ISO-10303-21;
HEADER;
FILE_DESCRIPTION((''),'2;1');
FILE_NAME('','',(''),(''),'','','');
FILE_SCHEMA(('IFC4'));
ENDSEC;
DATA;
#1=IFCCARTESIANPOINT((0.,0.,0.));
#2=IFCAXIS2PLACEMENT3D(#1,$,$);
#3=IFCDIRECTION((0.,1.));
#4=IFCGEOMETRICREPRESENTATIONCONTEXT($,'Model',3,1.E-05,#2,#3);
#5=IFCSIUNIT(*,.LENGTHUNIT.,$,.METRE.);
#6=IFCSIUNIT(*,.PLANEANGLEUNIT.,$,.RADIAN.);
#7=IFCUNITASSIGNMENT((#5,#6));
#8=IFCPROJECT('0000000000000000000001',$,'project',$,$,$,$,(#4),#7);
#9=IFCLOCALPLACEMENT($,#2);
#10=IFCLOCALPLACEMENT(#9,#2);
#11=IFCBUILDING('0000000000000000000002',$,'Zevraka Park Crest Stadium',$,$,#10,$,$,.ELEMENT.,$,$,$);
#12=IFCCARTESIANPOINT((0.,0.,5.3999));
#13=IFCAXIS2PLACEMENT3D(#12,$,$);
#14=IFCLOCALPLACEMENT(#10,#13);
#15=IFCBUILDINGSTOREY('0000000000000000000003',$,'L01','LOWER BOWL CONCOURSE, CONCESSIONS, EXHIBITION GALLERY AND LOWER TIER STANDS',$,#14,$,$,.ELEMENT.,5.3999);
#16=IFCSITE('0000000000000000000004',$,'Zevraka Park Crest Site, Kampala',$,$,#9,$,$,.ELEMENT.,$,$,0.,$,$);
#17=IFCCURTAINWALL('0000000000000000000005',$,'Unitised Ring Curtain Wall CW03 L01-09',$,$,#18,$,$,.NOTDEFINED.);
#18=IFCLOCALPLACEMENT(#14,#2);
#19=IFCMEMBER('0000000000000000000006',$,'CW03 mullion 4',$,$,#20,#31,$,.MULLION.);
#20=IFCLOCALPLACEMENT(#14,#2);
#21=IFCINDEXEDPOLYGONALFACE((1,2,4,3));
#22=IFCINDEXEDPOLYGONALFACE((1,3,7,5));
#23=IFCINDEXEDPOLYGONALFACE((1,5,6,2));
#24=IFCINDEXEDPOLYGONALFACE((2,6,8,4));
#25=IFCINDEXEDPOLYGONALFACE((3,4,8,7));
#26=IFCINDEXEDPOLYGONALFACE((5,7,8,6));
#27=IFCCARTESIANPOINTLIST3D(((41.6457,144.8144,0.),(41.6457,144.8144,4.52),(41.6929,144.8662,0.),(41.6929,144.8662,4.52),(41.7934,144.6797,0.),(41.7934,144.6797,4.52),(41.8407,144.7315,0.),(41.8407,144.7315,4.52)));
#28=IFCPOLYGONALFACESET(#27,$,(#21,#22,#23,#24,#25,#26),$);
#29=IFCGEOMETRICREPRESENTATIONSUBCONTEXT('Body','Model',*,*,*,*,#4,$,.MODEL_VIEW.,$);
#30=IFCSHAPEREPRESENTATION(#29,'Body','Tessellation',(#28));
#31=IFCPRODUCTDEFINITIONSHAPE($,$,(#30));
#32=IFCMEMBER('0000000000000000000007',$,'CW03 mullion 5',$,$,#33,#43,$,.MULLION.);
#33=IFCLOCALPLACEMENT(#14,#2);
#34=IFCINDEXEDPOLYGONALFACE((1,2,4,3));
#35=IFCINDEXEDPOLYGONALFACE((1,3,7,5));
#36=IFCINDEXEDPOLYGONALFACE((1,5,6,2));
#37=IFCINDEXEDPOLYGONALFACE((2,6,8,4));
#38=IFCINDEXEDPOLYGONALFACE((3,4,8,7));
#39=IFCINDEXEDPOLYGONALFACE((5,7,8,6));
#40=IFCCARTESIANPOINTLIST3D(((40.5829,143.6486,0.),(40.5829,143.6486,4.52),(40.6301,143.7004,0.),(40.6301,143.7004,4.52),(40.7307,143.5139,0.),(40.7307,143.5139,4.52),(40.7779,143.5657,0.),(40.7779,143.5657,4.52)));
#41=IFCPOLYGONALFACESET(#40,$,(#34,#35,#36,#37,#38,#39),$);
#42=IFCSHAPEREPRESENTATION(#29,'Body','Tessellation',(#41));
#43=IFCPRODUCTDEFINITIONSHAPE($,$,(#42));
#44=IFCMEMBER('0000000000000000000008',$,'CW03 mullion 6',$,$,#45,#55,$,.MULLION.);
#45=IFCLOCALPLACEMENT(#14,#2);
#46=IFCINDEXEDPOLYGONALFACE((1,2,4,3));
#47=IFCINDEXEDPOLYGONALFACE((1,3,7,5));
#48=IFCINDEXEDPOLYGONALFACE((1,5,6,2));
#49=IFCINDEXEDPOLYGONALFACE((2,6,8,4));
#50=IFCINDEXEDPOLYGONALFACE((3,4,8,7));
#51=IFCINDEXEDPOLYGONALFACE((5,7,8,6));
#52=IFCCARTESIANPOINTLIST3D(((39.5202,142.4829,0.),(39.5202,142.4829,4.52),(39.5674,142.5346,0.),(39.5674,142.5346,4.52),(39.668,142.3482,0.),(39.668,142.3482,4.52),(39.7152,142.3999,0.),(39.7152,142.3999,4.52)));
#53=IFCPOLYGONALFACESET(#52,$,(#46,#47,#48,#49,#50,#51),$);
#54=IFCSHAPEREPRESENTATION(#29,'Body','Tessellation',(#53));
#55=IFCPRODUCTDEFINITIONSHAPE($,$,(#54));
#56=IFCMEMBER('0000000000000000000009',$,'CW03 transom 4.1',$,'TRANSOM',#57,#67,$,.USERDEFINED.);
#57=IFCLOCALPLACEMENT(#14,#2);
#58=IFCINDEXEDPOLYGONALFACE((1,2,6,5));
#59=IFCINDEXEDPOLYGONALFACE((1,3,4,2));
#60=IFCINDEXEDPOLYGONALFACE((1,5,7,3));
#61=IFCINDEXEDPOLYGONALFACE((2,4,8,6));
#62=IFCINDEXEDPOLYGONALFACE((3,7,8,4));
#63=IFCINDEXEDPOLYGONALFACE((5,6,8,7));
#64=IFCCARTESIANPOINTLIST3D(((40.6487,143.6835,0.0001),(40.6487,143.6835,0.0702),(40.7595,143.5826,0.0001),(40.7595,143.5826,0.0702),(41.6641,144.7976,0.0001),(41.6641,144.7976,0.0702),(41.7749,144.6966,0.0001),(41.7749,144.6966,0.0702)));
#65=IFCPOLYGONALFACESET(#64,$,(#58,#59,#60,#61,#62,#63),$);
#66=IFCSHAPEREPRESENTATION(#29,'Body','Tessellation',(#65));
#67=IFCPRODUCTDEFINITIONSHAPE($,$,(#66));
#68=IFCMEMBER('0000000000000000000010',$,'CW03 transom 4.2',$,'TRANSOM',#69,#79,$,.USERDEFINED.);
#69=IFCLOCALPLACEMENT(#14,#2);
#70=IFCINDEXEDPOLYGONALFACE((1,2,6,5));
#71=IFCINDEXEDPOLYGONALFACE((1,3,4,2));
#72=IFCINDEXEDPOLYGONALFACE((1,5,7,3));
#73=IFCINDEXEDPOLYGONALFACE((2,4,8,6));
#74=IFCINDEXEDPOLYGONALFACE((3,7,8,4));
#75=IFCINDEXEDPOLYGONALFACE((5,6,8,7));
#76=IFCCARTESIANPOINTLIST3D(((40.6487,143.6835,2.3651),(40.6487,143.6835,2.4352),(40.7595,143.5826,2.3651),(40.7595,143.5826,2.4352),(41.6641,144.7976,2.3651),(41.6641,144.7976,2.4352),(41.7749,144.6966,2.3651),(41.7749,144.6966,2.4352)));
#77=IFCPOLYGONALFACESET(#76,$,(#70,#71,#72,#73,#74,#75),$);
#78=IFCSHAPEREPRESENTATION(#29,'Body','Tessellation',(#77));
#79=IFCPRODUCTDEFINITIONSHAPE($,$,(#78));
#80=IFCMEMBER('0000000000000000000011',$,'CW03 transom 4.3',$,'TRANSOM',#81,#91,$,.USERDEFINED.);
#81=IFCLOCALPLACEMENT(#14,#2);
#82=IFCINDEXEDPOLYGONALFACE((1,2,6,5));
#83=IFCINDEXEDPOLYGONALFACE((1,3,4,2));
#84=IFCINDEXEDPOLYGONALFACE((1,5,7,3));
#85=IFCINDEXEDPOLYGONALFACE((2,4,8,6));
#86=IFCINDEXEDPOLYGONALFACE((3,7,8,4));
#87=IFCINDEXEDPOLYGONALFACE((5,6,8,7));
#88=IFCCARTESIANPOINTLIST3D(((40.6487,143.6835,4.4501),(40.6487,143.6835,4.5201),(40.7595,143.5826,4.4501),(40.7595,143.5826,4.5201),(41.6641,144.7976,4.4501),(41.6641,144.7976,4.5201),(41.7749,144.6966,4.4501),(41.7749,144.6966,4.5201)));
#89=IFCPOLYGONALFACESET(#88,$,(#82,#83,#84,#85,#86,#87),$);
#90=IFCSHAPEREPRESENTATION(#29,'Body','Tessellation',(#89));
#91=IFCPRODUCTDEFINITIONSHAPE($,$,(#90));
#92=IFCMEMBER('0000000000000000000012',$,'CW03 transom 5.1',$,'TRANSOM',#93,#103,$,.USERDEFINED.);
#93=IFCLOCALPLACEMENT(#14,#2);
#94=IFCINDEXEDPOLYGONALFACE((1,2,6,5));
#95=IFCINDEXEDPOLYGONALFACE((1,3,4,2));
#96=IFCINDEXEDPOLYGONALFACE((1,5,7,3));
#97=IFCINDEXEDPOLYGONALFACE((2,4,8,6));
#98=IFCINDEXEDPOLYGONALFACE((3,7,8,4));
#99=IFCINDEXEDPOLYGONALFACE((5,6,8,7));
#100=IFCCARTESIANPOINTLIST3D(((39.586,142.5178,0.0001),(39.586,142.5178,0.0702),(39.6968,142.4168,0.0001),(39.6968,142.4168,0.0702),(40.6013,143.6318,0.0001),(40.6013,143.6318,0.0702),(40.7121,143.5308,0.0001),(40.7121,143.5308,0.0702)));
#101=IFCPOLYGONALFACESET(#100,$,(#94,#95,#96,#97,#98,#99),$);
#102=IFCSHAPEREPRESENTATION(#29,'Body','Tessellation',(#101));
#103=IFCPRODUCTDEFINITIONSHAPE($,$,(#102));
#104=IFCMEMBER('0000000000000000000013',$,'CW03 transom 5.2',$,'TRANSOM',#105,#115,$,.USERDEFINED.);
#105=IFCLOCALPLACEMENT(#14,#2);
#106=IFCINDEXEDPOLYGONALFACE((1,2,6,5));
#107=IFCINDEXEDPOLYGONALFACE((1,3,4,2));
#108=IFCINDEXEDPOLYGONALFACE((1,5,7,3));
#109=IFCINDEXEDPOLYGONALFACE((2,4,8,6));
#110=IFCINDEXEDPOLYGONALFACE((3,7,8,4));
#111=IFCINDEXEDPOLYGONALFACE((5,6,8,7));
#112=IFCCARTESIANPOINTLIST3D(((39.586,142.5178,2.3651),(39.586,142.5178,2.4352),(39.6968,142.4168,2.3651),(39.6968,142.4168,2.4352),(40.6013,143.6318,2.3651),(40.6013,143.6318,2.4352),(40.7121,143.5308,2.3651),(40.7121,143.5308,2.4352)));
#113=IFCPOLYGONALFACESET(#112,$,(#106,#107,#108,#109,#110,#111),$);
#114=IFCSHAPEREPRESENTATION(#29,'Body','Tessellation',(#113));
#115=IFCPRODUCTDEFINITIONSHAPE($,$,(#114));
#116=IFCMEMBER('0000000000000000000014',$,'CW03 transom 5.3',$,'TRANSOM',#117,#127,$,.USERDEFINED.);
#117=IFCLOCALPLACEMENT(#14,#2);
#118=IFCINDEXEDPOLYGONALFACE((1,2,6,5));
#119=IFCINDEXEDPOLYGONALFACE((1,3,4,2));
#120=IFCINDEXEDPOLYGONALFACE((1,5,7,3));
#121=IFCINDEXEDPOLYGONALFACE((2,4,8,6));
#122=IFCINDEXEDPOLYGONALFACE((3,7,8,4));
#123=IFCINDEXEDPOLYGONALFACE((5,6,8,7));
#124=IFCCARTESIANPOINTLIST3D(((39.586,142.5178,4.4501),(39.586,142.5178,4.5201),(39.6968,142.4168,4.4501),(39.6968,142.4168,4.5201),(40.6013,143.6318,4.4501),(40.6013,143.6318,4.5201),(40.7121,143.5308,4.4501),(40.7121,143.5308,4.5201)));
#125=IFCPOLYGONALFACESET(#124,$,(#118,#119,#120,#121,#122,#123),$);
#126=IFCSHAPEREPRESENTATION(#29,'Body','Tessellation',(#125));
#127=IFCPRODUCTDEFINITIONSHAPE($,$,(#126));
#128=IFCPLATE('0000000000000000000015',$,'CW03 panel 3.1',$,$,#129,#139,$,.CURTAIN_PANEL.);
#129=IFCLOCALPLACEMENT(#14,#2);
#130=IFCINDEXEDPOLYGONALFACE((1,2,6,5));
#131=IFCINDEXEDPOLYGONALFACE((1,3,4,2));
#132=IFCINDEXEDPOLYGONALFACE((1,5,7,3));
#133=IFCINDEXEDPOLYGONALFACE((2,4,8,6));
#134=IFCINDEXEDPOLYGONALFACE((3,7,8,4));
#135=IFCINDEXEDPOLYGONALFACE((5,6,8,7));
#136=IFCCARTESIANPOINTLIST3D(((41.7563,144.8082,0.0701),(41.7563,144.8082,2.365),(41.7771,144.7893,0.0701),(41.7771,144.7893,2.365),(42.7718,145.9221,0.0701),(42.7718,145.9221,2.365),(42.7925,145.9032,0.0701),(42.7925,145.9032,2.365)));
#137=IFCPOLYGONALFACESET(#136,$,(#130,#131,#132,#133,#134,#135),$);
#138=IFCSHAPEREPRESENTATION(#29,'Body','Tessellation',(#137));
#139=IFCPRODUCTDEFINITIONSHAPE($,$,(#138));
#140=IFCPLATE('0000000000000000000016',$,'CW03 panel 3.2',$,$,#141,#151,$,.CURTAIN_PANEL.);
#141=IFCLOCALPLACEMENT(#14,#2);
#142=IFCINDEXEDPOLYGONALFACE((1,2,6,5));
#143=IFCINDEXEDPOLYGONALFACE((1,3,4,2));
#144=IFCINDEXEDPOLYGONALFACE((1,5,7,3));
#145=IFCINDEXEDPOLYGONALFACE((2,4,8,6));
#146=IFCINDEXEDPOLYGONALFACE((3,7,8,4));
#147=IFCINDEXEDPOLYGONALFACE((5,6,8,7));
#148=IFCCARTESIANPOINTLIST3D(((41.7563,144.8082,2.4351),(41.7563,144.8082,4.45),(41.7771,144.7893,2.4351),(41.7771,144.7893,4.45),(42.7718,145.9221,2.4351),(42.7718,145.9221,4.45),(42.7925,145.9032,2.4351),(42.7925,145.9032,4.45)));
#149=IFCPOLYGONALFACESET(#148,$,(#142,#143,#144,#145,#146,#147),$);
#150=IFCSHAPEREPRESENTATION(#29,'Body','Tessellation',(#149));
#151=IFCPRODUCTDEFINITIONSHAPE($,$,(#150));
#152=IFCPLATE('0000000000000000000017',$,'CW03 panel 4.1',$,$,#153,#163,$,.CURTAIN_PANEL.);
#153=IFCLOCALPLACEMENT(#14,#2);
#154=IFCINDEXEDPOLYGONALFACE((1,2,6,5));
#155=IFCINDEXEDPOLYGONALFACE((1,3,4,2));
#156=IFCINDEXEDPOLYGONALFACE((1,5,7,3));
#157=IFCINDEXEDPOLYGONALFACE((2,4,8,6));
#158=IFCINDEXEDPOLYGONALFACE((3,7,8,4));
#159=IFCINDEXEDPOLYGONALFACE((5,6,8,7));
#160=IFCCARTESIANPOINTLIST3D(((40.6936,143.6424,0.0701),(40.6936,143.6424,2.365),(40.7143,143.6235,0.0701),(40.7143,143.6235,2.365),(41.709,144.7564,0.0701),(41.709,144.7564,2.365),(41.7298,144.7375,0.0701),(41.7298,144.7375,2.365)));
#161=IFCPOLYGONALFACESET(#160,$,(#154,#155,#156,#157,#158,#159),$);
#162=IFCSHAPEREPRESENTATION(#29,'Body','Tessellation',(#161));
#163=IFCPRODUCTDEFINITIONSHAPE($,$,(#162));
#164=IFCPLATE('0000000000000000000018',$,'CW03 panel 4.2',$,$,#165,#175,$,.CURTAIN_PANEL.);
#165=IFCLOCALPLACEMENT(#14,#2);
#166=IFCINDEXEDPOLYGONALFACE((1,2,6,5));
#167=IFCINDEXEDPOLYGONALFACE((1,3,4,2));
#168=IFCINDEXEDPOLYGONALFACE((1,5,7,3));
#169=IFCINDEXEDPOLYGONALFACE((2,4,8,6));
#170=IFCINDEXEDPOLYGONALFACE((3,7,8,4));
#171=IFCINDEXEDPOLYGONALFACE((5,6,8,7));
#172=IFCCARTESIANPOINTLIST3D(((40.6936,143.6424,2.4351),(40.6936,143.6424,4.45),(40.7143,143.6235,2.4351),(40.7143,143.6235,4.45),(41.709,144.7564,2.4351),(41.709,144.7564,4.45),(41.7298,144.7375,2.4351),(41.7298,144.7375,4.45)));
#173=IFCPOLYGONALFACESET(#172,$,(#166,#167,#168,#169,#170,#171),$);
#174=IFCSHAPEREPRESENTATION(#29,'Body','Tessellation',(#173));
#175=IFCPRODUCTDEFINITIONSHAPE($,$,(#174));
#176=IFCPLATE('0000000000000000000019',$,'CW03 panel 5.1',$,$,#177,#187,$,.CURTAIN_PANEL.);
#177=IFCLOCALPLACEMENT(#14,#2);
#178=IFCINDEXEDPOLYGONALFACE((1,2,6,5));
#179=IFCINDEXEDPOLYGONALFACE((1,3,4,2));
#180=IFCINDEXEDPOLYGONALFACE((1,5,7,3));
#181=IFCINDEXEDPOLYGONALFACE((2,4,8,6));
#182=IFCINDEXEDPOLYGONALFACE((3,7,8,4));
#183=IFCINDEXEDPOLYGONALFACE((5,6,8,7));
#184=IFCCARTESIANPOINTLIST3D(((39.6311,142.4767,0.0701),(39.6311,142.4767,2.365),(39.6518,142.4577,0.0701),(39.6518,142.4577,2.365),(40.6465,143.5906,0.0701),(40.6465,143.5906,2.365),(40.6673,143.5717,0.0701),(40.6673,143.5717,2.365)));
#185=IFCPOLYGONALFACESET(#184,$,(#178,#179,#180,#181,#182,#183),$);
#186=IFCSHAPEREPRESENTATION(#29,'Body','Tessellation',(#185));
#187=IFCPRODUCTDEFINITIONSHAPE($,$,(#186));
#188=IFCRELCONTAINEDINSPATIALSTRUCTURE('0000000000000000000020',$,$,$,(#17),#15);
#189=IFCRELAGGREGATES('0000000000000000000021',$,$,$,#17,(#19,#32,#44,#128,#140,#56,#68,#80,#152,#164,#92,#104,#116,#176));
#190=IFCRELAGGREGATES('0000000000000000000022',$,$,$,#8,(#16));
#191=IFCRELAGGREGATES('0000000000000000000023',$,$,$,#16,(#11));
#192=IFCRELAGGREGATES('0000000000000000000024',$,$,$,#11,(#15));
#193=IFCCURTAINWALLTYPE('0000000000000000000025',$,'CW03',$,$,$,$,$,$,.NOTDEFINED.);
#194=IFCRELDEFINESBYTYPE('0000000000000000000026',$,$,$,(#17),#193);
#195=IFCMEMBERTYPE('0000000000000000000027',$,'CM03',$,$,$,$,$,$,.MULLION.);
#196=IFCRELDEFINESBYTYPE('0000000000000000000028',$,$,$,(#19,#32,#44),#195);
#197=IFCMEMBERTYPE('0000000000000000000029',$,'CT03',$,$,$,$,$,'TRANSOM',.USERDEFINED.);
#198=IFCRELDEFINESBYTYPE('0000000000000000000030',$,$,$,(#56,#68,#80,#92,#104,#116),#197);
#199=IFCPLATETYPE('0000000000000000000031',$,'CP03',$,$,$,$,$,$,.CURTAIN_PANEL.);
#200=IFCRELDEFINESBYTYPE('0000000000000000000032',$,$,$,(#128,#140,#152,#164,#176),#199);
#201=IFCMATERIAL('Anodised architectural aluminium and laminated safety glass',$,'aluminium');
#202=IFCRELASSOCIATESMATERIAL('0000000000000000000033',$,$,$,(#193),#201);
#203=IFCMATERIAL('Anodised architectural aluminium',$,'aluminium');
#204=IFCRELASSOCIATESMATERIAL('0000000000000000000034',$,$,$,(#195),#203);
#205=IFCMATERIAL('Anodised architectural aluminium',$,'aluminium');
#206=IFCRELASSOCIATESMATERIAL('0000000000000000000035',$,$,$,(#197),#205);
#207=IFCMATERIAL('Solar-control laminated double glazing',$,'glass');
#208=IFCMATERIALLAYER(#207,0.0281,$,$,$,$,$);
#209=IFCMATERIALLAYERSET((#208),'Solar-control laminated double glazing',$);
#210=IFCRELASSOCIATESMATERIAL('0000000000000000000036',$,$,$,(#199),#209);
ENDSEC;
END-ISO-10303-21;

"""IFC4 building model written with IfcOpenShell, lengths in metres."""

from ifc_helpers import new_model, si_unit, direction, frame, origin, origin_2d, place, context, subcontext, project, spatial, rectangle, extrude, material, layer, layer_set, material_profile, profile_set, type_object, element, aggregate, save


model = new_model("IFC4")

# Units and contexts
model_context = context("Model", 3, precision=1e-05, world=origin(), true_north=direction((0.0, 1.0)))
body_context = subcontext(model_context, "Body", "Model", "MODEL_VIEW")
ifc_project = project(units=[si_unit("LENGTHUNIT", "METRE"), si_unit("PLANEANGLEUNIT", "RADIAN")], contexts=[model_context])

# Site, building, storey
site_placement = place(None, origin())
site = spatial("IfcSite", under=ifc_project, at=site_placement, Name="Zevraka Park Crest Site, Kampala", CompositionType="ELEMENT", RefElevation=0.0)
building_placement = place(site_placement, origin())
building = spatial("IfcBuilding", under=site, at=building_placement, Name="Zevraka Park Crest Stadium", CompositionType="ELEMENT")
storey_placement = place(building_placement, frame((0.0, 0.0, 5.3999)))
storey = spatial("IfcBuildingStorey", under=building, at=storey_placement, Name="L01", Description="LOWER BOWL CONCOURSE, CONCESSIONS, EXHIBITION GALLERY AND LOWER TIER STANDS", CompositionType="ELEMENT", Elevation=5.3999)

# Curtain wall, members, plates
ifc_material_1 = material(Name="Anodised architectural aluminium and laminated safety glass", Category="aluminium")
curtain_wall_type = type_object("IfcCurtainWallType", Name="CW03", PredefinedType="NOTDEFINED", material=ifc_material_1)
curtain_wall_placement = place(storey_placement, origin())
curtain_wall = element("IfcCurtainWall", 1, at=curtain_wall_placement, inside=storey, type_object=curtain_wall_type, Name="Unitised Ring Curtain Wall CW03 L01-09", PredefinedType="NOTDEFINED")
ifc_material_2 = material(Name="Anodised architectural aluminium", Category="aluminium")
ifc_material_profile_1 = material_profile(ifc_material_2, rectangle(XDim=0.2, YDim=0.0701, at=origin_2d()), Name="ALU MULLION 200x70")
ifc_profile_set_1 = profile_set([ifc_material_profile_1], Name="Anodised architectural aluminium")
member_type_1 = type_object("IfcMemberType", Name="CM03", PredefinedType="MULLION", material=ifc_profile_set_1)
member_1_placement = place(storey_placement, frame((41.7432, 144.7729, 0.0), z_axis=(0.0, 0.0, 1.0), x_axis=(0.739023, -0.67368, 0.0)))
member_1 = element("IfcMember", 2, at=member_1_placement, type_object=member_type_1, Name="CW03 mullion 4", PredefinedType="MULLION", context=body_context, shape_type="SweptSolid", body=[
    extrude(rectangle(XDim=0.2, YDim=0.0701, at=origin_2d()), origin(), (0.0, 0.0, 1.0), 4.52),
])
member_2_placement = place(storey_placement, frame((40.6804, 143.6072, 0.0), z_axis=(0.0, 0.0, 1.0), x_axis=(0.739023, -0.67368, 0.0)))
member_2 = element("IfcMember", 3, at=member_2_placement, type_object=member_type_1, Name="CW03 mullion 5", PredefinedType="MULLION", context=body_context, shape_type="SweptSolid", body=[
    extrude(rectangle(XDim=0.2, YDim=0.0701, at=origin_2d()), origin(), (0.0, 0.0, 1.0), 4.52),
])
member_3_placement = place(storey_placement, frame((39.6177, 142.4414, 0.0), z_axis=(0.0, 0.0, 1.0), x_axis=(0.739023, -0.67368, 0.0)))
member_3 = element("IfcMember", 4, at=member_3_placement, type_object=member_type_1, Name="CW03 mullion 6", PredefinedType="MULLION", context=body_context, shape_type="SweptSolid", body=[
    extrude(rectangle(XDim=0.2, YDim=0.0701, at=origin_2d()), origin(), (0.0, 0.0, 1.0), 4.52),
])
ifc_material_3 = material(Name="Anodised architectural aluminium", Category="aluminium")
ifc_material_profile_2 = material_profile(ifc_material_3, rectangle(XDim=0.1499, YDim=0.0701, at=origin_2d()), Name="ALU TRANSOM 150x70")
ifc_profile_set_2 = profile_set([ifc_material_profile_2], Name="Anodised architectural aluminium")
member_type_2 = type_object("IfcMemberType", Name="CT03", ElementType="TRANSOM", PredefinedType="USERDEFINED", material=ifc_profile_set_2)
member_4_placement = place(storey_placement, frame((41.7195, 144.7471, 0.0352), z_axis=(-0.673632, -0.739067, 0.0), x_axis=(0.739067, -0.673632, 0.0)))
member_4 = element("IfcMember", 5, at=member_4_placement, type_object=member_type_2, Name="CW03 transom 4.1", ObjectType="TRANSOM", PredefinedType="USERDEFINED", context=body_context, shape_type="SweptSolid", body=[
    extrude(rectangle(XDim=0.1499, YDim=0.0701, at=origin_2d()), origin(), (0.0, 0.0, 1.0), 1.5073),
])
member_5_placement = place(storey_placement, frame((41.7195, 144.7471, 2.4001), z_axis=(-0.673632, -0.739067, 0.0), x_axis=(0.739067, -0.673632, 0.0)))
member_5 = element("IfcMember", 6, at=member_5_placement, type_object=member_type_2, Name="CW03 transom 4.2", ObjectType="TRANSOM", PredefinedType="USERDEFINED", context=body_context, shape_type="SweptSolid", body=[
    extrude(rectangle(XDim=0.1499, YDim=0.0701, at=origin_2d()), origin(), (0.0, 0.0, 1.0), 1.5073),
])
member_6_placement = place(storey_placement, frame((41.7195, 144.7471, 4.4851), z_axis=(-0.673632, -0.739067, 0.0), x_axis=(0.739067, -0.673632, 0.0)))
member_6 = element("IfcMember", 7, at=member_6_placement, type_object=member_type_2, Name="CW03 transom 4.3", ObjectType="TRANSOM", PredefinedType="USERDEFINED", context=body_context, shape_type="SweptSolid", body=[
    extrude(rectangle(XDim=0.1499, YDim=0.0701, at=origin_2d()), origin(), (0.0, 0.0, 1.0), 1.5073),
])
member_7_placement = place(storey_placement, frame((40.6567, 143.5813, 0.0352), z_axis=(-0.673632, -0.739067, 0.0), x_axis=(0.739067, -0.673632, 0.0)))
member_7 = element("IfcMember", 8, at=member_7_placement, type_object=member_type_2, Name="CW03 transom 5.1", ObjectType="TRANSOM", PredefinedType="USERDEFINED", context=body_context, shape_type="SweptSolid", body=[
    extrude(rectangle(XDim=0.1499, YDim=0.0701, at=origin_2d()), origin(), (0.0, 0.0, 1.0), 1.5073),
])
member_8_placement = place(storey_placement, frame((40.6567, 143.5813, 2.4001), z_axis=(-0.673632, -0.739067, 0.0), x_axis=(0.739067, -0.673632, 0.0)))
member_8 = element("IfcMember", 9, at=member_8_placement, type_object=member_type_2, Name="CW03 transom 5.2", ObjectType="TRANSOM", PredefinedType="USERDEFINED", context=body_context, shape_type="SweptSolid", body=[
    extrude(rectangle(XDim=0.1499, YDim=0.0701, at=origin_2d()), origin(), (0.0, 0.0, 1.0), 1.5073),
])
member_9_placement = place(storey_placement, frame((40.6567, 143.5813, 4.4851), z_axis=(-0.673632, -0.739067, 0.0), x_axis=(0.739067, -0.673632, 0.0)))
member_9 = element("IfcMember", 10, at=member_9_placement, type_object=member_type_2, Name="CW03 transom 5.3", ObjectType="TRANSOM", PredefinedType="USERDEFINED", context=body_context, shape_type="SweptSolid", body=[
    extrude(rectangle(XDim=0.1499, YDim=0.0701, at=origin_2d()), origin(), (0.0, 0.0, 1.0), 1.5073),
])
ifc_material_4 = material(Name="Solar-control laminated double glazing", Category="glass")
ifc_layer_1 = layer(ifc_material_4, 0.0281)
ifc_layer_set_1 = layer_set([ifc_layer_1], Name="Solar-control laminated double glazing")
plate_type = type_object("IfcPlateType", Name="CP03", PredefinedType="CURTAIN_PANEL", material=ifc_layer_set_1)
plate_1_placement = place(storey_placement, frame((42.2744, 145.3557, 0.0701), z_axis=(0.0, 0.0, 1.0), x_axis=(-0.67368, -0.739023, 0.0)))
plate_1 = element("IfcPlate", 11, at=plate_1_placement, type_object=plate_type, Name="CW03 panel 3.1", PredefinedType="CURTAIN_PANEL", context=body_context, shape_type="SweptSolid", body=[
    extrude(rectangle(XDim=1.5073, YDim=0.0281, at=origin_2d()), origin(), (0.0, 0.0, 1.0), 2.2949),
])
plate_2_placement = place(storey_placement, frame((42.2744, 145.3557, 2.4351), z_axis=(0.0, 0.0, 1.0), x_axis=(-0.67368, -0.739023, 0.0)))
plate_2 = element("IfcPlate", 12, at=plate_2_placement, type_object=plate_type, Name="CW03 panel 3.2", PredefinedType="CURTAIN_PANEL", context=body_context, shape_type="SweptSolid", body=[
    extrude(rectangle(XDim=1.5073, YDim=0.0281, at=origin_2d()), origin(), (0.0, 0.0, 1.0), 2.0149),
])
plate_3_placement = place(storey_placement, frame((41.2117, 144.1899, 0.0701), z_axis=(0.0, 0.0, 1.0), x_axis=(-0.67368, -0.739023, 0.0)))
plate_3 = element("IfcPlate", 13, at=plate_3_placement, type_object=plate_type, Name="CW03 panel 4.1", PredefinedType="CURTAIN_PANEL", context=body_context, shape_type="SweptSolid", body=[
    extrude(rectangle(XDim=1.5073, YDim=0.0281, at=origin_2d()), origin(), (0.0, 0.0, 1.0), 2.2949),
])
plate_4_placement = place(storey_placement, frame((41.2117, 144.1899, 2.4351), z_axis=(0.0, 0.0, 1.0), x_axis=(-0.67368, -0.739023, 0.0)))
plate_4 = element("IfcPlate", 14, at=plate_4_placement, type_object=plate_type, Name="CW03 panel 4.2", PredefinedType="CURTAIN_PANEL", context=body_context, shape_type="SweptSolid", body=[
    extrude(rectangle(XDim=1.5073, YDim=0.0281, at=origin_2d()), origin(), (0.0, 0.0, 1.0), 2.0149),
])
plate_5_placement = place(storey_placement, frame((40.1492, 143.0242, 0.0701), z_axis=(0.0, 0.0, 1.0), x_axis=(-0.67368, -0.739023, 0.0)))
plate_5 = element("IfcPlate", 15, at=plate_5_placement, type_object=plate_type, Name="CW03 panel 5.1", PredefinedType="CURTAIN_PANEL", context=body_context, shape_type="SweptSolid", body=[
    extrude(rectangle(XDim=1.5073, YDim=0.0281, at=origin_2d()), origin(), (0.0, 0.0, 1.0), 2.2949),
])
aggregate(curtain_wall, [member_1, member_2, member_3, plate_1, plate_2, member_4, member_5, member_6, plate_3, plate_4, member_7, member_8, member_9, plate_5])

save(model, "model.ifc")
